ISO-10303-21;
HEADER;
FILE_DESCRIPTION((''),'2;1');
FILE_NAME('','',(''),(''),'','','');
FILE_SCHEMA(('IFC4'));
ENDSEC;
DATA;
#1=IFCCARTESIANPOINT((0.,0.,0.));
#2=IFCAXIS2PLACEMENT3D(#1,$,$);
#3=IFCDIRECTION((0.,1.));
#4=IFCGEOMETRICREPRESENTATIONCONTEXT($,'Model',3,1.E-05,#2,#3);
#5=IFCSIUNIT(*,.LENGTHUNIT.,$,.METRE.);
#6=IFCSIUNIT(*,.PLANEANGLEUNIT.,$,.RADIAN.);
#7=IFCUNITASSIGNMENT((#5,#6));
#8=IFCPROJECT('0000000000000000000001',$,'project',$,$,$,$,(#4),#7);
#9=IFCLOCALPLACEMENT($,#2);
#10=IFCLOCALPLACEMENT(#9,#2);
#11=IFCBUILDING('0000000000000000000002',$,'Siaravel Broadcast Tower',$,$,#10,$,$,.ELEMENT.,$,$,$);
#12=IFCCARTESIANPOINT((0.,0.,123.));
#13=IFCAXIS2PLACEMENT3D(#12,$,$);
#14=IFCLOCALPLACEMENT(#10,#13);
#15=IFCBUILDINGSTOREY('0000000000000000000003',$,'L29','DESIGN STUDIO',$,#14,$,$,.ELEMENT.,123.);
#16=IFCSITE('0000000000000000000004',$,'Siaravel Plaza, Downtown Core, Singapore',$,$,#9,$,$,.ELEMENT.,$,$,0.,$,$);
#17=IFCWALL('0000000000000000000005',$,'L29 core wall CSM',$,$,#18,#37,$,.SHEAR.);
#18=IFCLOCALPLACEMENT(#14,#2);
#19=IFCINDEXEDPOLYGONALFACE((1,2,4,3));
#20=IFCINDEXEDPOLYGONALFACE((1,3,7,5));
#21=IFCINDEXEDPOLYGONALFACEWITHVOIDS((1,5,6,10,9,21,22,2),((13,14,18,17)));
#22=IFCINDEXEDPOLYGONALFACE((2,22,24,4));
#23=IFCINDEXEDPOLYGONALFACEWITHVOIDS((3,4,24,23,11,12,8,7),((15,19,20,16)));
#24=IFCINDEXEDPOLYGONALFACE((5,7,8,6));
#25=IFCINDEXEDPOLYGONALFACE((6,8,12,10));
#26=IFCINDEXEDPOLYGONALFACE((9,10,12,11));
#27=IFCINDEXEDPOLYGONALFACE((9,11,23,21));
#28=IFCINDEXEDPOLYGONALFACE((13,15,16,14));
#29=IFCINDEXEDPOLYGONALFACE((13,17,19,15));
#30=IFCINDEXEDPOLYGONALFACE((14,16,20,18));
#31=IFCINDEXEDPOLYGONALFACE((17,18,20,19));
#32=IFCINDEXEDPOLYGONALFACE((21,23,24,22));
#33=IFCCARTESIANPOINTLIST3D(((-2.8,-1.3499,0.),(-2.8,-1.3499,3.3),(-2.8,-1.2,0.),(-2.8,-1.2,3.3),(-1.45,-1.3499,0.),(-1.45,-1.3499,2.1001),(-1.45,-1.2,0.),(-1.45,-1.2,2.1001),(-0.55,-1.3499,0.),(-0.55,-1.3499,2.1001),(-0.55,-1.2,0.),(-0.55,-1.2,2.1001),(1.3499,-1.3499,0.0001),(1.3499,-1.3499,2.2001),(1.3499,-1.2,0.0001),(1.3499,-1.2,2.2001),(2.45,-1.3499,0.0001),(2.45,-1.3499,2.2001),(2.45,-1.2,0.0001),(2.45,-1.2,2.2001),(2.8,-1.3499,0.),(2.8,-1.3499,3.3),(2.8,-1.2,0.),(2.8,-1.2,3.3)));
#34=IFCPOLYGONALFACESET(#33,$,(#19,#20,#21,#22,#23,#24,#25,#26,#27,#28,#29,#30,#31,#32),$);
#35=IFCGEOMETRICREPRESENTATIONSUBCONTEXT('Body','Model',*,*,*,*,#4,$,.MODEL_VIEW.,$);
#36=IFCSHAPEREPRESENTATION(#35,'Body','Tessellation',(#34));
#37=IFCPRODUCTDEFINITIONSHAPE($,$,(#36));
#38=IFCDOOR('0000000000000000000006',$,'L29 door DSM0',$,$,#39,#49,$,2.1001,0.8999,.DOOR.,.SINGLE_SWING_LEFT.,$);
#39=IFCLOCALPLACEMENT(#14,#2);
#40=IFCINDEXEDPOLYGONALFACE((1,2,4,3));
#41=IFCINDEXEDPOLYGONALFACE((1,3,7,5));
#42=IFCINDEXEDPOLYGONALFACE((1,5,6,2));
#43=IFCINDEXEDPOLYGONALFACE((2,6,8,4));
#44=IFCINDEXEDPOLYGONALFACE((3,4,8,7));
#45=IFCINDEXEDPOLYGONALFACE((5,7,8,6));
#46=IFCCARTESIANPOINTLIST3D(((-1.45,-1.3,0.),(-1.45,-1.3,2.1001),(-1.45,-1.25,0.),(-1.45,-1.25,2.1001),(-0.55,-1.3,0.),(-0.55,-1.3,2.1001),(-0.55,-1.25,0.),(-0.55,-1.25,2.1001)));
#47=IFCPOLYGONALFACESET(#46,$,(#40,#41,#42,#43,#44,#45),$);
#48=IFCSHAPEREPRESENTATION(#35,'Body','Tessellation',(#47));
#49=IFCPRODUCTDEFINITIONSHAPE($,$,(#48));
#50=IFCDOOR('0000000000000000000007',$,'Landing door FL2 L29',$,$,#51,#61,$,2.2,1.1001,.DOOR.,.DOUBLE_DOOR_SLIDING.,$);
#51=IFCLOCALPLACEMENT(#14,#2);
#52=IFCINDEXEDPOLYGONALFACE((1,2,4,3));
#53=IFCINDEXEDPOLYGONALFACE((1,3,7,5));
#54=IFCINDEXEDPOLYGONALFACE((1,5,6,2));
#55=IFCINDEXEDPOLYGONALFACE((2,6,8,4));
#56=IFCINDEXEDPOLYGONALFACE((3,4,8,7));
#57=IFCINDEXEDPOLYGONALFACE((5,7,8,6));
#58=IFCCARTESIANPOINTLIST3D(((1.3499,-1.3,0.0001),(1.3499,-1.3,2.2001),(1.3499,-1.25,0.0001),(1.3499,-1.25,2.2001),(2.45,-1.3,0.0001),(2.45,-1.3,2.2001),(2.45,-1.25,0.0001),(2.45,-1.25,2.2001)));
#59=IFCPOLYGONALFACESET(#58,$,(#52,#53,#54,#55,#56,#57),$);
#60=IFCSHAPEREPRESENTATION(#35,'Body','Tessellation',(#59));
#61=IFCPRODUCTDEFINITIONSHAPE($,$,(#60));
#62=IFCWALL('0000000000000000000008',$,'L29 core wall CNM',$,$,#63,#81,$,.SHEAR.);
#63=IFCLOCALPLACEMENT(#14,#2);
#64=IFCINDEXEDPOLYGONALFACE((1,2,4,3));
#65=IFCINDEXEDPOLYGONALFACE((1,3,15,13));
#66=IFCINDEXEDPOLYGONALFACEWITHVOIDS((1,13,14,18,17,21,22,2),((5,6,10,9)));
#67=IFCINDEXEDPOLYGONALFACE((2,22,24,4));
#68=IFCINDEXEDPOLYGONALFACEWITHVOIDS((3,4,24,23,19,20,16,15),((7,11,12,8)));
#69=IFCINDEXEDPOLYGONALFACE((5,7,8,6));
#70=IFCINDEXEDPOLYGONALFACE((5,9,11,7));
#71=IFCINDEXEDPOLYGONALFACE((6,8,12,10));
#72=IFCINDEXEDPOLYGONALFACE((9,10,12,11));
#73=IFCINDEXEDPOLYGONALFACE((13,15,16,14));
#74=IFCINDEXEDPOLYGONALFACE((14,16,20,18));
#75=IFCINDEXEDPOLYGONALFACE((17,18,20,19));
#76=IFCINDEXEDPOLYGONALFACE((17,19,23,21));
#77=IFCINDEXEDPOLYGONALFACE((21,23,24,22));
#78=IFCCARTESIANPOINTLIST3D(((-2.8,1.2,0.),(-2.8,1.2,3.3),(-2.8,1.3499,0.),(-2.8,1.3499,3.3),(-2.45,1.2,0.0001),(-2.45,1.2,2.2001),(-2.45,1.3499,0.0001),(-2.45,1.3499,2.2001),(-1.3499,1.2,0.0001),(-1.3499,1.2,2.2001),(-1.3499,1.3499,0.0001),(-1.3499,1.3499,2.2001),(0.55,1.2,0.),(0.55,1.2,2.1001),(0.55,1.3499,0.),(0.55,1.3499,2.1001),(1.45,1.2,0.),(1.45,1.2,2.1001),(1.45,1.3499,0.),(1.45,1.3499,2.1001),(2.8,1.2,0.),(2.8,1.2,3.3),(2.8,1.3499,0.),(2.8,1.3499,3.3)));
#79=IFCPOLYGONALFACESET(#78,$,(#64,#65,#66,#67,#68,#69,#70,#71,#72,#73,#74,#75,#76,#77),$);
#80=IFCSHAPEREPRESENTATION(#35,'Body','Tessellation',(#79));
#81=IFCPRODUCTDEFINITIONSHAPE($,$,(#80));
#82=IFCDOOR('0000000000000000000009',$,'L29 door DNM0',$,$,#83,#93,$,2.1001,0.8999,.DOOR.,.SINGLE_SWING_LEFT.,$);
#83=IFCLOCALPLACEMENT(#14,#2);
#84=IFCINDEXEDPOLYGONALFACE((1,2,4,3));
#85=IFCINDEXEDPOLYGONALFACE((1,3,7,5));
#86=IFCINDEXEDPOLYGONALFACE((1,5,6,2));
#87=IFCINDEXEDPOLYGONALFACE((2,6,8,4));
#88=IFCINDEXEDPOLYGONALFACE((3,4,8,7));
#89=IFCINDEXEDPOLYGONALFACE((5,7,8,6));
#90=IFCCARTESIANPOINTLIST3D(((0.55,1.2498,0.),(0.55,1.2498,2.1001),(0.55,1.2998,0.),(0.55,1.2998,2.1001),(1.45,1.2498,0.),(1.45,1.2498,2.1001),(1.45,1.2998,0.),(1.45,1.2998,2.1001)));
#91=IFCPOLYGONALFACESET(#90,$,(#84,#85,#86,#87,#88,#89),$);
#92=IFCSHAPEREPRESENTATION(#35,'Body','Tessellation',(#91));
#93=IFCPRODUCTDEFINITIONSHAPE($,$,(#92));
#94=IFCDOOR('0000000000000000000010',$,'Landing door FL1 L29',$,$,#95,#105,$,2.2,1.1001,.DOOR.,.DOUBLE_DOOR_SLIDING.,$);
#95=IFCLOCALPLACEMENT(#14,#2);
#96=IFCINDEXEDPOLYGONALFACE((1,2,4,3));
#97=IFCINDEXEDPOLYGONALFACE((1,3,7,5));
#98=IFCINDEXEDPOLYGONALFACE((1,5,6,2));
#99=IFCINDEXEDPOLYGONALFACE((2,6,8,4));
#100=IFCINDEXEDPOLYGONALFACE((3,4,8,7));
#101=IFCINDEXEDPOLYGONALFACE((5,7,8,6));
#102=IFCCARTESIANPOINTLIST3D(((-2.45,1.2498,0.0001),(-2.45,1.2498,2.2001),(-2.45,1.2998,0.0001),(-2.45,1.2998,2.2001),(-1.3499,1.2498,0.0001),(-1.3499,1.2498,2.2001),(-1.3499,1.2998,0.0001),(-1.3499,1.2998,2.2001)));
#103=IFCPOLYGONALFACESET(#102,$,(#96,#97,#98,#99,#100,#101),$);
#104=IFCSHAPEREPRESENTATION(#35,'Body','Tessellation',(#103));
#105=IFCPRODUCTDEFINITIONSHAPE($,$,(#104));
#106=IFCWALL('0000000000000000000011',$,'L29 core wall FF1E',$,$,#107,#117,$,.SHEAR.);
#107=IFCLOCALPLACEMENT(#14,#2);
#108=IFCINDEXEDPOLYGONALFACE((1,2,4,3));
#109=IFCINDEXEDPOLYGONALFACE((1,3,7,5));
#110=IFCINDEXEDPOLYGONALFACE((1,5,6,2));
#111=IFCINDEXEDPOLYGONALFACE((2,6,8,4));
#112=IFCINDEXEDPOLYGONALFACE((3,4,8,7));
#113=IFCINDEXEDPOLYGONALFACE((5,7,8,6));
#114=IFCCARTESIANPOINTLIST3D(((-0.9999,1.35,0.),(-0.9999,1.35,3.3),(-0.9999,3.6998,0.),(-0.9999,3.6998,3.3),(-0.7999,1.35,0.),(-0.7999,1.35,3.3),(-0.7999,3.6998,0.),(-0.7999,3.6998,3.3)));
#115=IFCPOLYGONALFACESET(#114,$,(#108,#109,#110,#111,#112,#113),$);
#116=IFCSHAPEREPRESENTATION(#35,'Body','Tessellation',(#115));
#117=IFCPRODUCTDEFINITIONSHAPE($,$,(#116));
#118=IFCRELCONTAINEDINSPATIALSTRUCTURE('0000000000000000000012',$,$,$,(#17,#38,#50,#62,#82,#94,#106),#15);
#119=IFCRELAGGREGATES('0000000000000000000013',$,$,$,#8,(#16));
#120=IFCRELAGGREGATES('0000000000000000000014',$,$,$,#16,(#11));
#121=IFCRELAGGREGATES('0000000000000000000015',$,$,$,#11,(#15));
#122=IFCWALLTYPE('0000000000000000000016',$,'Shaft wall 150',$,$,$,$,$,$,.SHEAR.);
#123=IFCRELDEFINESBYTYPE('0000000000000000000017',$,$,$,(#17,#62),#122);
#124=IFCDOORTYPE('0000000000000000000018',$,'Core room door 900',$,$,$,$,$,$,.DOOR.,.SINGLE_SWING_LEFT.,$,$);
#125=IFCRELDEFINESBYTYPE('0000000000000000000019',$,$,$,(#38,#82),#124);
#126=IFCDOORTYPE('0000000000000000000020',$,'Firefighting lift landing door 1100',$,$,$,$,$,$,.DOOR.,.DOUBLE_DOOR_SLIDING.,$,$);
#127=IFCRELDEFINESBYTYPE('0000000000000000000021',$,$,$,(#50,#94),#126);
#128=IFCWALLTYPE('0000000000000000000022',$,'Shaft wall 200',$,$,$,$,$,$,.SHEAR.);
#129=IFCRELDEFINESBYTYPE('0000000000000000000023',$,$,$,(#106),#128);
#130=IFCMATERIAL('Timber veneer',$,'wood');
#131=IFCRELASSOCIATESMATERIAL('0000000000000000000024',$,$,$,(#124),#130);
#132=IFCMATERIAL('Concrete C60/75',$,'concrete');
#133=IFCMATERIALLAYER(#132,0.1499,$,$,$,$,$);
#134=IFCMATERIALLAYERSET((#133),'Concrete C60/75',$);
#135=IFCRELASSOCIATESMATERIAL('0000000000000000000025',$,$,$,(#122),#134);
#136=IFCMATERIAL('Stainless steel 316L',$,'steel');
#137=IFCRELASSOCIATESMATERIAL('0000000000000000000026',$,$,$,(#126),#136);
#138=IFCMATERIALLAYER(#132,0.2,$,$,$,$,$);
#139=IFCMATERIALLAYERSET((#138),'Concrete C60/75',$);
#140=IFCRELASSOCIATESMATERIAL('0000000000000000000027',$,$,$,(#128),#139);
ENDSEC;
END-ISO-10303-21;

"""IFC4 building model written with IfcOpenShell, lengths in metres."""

from ifc_helpers import new_model, si_unit, direction, frame, frame_2d, origin, place, context, subcontext, project, spatial, rectangle, extrude, material, layer, layer_set, type_object, element, fill, save


model = new_model("IFC4")

# Units and contexts
model_context = context("Model", 3, precision=1e-05, world=origin(), true_north=direction((0.0, 1.0)))
body_context = subcontext(model_context, "Body", "Model", "MODEL_VIEW")
ifc_project = project(units=[si_unit("LENGTHUNIT", "METRE"), si_unit("PLANEANGLEUNIT", "RADIAN")], contexts=[model_context])

# Site, building, storey
site_placement = place(None, origin())
site = spatial("IfcSite", under=ifc_project, at=site_placement, Name="Siaravel Plaza, Downtown Core, Singapore", CompositionType="ELEMENT", RefElevation=0.0)
building_placement = place(site_placement, origin())
building = spatial("IfcBuilding", under=site, at=building_placement, Name="Siaravel Broadcast Tower", CompositionType="ELEMENT")
storey_placement = place(building_placement, frame((0.0, 0.0, 123.0)))
storey = spatial("IfcBuildingStorey", under=building, at=storey_placement, Name="L29", Description="DESIGN STUDIO", CompositionType="ELEMENT", Elevation=123.0)

# Shared definitions
ifc_material_1 = material(Name="Timber veneer", Category="wood")
door_type_1 = type_object("IfcDoorType", Name="Core room door 900", OperationType="SINGLE_SWING_LEFT", PredefinedType="DOOR", material=ifc_material_1)

# Walls, openings, doors
ifc_material_2 = material(Name="Concrete C60/75", Category="concrete")
ifc_layer_1 = layer(ifc_material_2, 0.1499)
ifc_layer_set_1 = layer_set([ifc_layer_1], Name="Concrete C60/75")
wall_type_1 = type_object("IfcWallType", Name="Shaft wall 150", PredefinedType="SHEAR", material=ifc_layer_set_1)
wall_1_placement = place(storey_placement, frame((-2.8, -1.2749, 0.0), z_axis=(0.0, 0.0, 1.0), x_axis=(1.0, 0.0, 0.0)))
wall_1 = element("IfcWall", 1, at=wall_1_placement, inside=storey, type_object=wall_type_1, Name="L29 core wall CSM", PredefinedType="SHEAR", context=body_context, shape_type="SweptSolid", body=[
    extrude(rectangle(XDim=5.6001, YDim=0.1499, at=frame_2d((2.8, 0.0))), origin(), (0.0, 0.0, 1.0), 3.3),
])
opening_1_placement = place(wall_1_placement, frame((4.1499, 0.0, 0.0)))
opening_1 = element("IfcOpeningElement", 2, at=opening_1_placement, cuts=wall_1, PredefinedType="OPENING", context=body_context, shape_type="SweptSolid", body=[
    extrude(rectangle(XDim=1.1001, YDim=2.2, at=frame_2d((0.55, 1.1001))), frame((0.0, 0.085, 0.0), z_axis=(0.0, -1.0, 0.0), x_axis=(1.0, 0.0, 0.0)), (0.0, 0.0, 1.0), 0.1699),
])
opening_2_placement = place(wall_1_placement, frame((1.3501, 0.0, 0.0)))
opening_2 = element("IfcOpeningElement", 3, at=opening_2_placement, cuts=wall_1, PredefinedType="OPENING", context=body_context, shape_type="SweptSolid", body=[
    extrude(rectangle(XDim=0.8999, YDim=2.1001, at=frame_2d((0.45, 1.05))), frame((0.0, 0.085, 0.0), z_axis=(0.0, -1.0, 0.0), x_axis=(1.0, 0.0, 0.0)), (0.0, 0.0, 1.0), 0.1699),
])
door_1_placement = place(opening_2_placement, origin())
door_1 = element("IfcDoor", 4, at=door_1_placement, inside=storey, type_object=door_type_1, Name="L29 door DSM0", OperationType="SINGLE_SWING_LEFT", OverallHeight=2.1001, OverallWidth=0.8999, PredefinedType="DOOR", context=body_context, shape_type="SweptSolid", body=[
    extrude(rectangle(XDim=0.8999, YDim=2.1001, at=frame_2d((0.45, 1.05))), frame((0.0, 0.0249, 0.0), z_axis=(0.0, -1.0, 0.0), x_axis=(1.0, 0.0, 0.0)), (0.0, 0.0, 1.0), 0.05),
])
fill(opening_2, door_1)
ifc_material_3 = material(Name="Stainless steel 316L", Category="steel")
door_type_2 = type_object("IfcDoorType", Name="Firefighting lift landing door 1100", OperationType="DOUBLE_DOOR_SLIDING", PredefinedType="DOOR", material=ifc_material_3)
door_2_placement = place(opening_1_placement, origin())
door_2 = element("IfcDoor", 5, at=door_2_placement, inside=storey, type_object=door_type_2, Name="Landing door FL2 L29", OperationType="DOUBLE_DOOR_SLIDING", OverallHeight=2.2, OverallWidth=1.1001, PredefinedType="DOOR", context=body_context, shape_type="SweptSolid", body=[
    extrude(rectangle(XDim=1.1001, YDim=2.2, at=frame_2d((0.55, 1.1001))), frame((0.0, 0.0249, 0.0), z_axis=(0.0, -1.0, 0.0), x_axis=(1.0, 0.0, 0.0)), (0.0, 0.0, 1.0), 0.05),
])
fill(opening_1, door_2)
wall_2_placement = place(storey_placement, frame((-2.8, 1.2749, 0.0), z_axis=(0.0, 0.0, 1.0), x_axis=(1.0, 0.0, 0.0)))
wall_2 = element("IfcWall", 6, at=wall_2_placement, inside=storey, type_object=wall_type_1, Name="L29 core wall CNM", PredefinedType="SHEAR", context=body_context, shape_type="SweptSolid", body=[
    extrude(rectangle(XDim=5.6001, YDim=0.1499, at=frame_2d((2.8, 0.0))), origin(), (0.0, 0.0, 1.0), 3.3),
])
opening_3_placement = place(wall_2_placement, frame((0.3501, 0.0, 0.0)))
opening_3 = element("IfcOpeningElement", 7, at=opening_3_placement, cuts=wall_2, PredefinedType="OPENING", context=body_context, shape_type="SweptSolid", body=[
    extrude(rectangle(XDim=1.1001, YDim=2.2, at=frame_2d((0.55, 1.1001))), frame((0.0, 0.085, 0.0), z_axis=(0.0, -1.0, 0.0), x_axis=(1.0, 0.0, 0.0)), (0.0, 0.0, 1.0), 0.1699),
])
opening_4_placement = place(wall_2_placement, frame((3.3501, 0.0, 0.0)))
opening_4 = element("IfcOpeningElement", 8, at=opening_4_placement, cuts=wall_2, PredefinedType="OPENING", context=body_context, shape_type="SweptSolid", body=[
    extrude(rectangle(XDim=0.8999, YDim=2.1001, at=frame_2d((0.45, 1.05))), frame((0.0, 0.085, 0.0), z_axis=(0.0, -1.0, 0.0), x_axis=(1.0, 0.0, 0.0)), (0.0, 0.0, 1.0), 0.1699),
])
door_3_placement = place(opening_4_placement, origin())
door_3 = element("IfcDoor", 9, at=door_3_placement, inside=storey, type_object=door_type_1, Name="L29 door DNM0", OperationType="SINGLE_SWING_LEFT", OverallHeight=2.1001, OverallWidth=0.8999, PredefinedType="DOOR", context=body_context, shape_type="SweptSolid", body=[
    extrude(rectangle(XDim=0.8999, YDim=2.1001, at=frame_2d((0.45, 1.05))), frame((0.0, 0.0249, 0.0), z_axis=(0.0, -1.0, 0.0), x_axis=(1.0, 0.0, 0.0)), (0.0, 0.0, 1.0), 0.05),
])
fill(opening_4, door_3)
door_4_placement = place(opening_3_placement, origin())
door_4 = element("IfcDoor", 10, at=door_4_placement, inside=storey, type_object=door_type_2, Name="Landing door FL1 L29", OperationType="DOUBLE_DOOR_SLIDING", OverallHeight=2.2, OverallWidth=1.1001, PredefinedType="DOOR", context=body_context, shape_type="SweptSolid", body=[
    extrude(rectangle(XDim=1.1001, YDim=2.2, at=frame_2d((0.55, 1.1001))), frame((0.0, 0.0249, 0.0), z_axis=(0.0, -1.0, 0.0), x_axis=(1.0, 0.0, 0.0)), (0.0, 0.0, 1.0), 0.05),
])
fill(opening_3, door_4)

# Wall
ifc_layer_2 = layer(ifc_material_2, 0.2)
ifc_layer_set_2 = layer_set([ifc_layer_2], Name="Concrete C60/75")
wall_type_2 = type_object("IfcWallType", Name="Shaft wall 200", PredefinedType="SHEAR", material=ifc_layer_set_2)
wall_3_placement = place(storey_placement, frame((-0.8999, 1.3501, 0.0), z_axis=(0.0, 0.0, 1.0), x_axis=(0.0, 1.0, 0.0)))
element("IfcWall", 11, at=wall_3_placement, inside=storey, type_object=wall_type_2, Name="L29 core wall FF1E", PredefinedType="SHEAR", context=body_context, shape_type="SweptSolid", body=[
    extrude(rectangle(XDim=2.3499, YDim=0.2, at=frame_2d((1.1748, 0.0))), origin(), (0.0, 0.0, 1.0), 3.3),
])

save(model, "model.ifc")
